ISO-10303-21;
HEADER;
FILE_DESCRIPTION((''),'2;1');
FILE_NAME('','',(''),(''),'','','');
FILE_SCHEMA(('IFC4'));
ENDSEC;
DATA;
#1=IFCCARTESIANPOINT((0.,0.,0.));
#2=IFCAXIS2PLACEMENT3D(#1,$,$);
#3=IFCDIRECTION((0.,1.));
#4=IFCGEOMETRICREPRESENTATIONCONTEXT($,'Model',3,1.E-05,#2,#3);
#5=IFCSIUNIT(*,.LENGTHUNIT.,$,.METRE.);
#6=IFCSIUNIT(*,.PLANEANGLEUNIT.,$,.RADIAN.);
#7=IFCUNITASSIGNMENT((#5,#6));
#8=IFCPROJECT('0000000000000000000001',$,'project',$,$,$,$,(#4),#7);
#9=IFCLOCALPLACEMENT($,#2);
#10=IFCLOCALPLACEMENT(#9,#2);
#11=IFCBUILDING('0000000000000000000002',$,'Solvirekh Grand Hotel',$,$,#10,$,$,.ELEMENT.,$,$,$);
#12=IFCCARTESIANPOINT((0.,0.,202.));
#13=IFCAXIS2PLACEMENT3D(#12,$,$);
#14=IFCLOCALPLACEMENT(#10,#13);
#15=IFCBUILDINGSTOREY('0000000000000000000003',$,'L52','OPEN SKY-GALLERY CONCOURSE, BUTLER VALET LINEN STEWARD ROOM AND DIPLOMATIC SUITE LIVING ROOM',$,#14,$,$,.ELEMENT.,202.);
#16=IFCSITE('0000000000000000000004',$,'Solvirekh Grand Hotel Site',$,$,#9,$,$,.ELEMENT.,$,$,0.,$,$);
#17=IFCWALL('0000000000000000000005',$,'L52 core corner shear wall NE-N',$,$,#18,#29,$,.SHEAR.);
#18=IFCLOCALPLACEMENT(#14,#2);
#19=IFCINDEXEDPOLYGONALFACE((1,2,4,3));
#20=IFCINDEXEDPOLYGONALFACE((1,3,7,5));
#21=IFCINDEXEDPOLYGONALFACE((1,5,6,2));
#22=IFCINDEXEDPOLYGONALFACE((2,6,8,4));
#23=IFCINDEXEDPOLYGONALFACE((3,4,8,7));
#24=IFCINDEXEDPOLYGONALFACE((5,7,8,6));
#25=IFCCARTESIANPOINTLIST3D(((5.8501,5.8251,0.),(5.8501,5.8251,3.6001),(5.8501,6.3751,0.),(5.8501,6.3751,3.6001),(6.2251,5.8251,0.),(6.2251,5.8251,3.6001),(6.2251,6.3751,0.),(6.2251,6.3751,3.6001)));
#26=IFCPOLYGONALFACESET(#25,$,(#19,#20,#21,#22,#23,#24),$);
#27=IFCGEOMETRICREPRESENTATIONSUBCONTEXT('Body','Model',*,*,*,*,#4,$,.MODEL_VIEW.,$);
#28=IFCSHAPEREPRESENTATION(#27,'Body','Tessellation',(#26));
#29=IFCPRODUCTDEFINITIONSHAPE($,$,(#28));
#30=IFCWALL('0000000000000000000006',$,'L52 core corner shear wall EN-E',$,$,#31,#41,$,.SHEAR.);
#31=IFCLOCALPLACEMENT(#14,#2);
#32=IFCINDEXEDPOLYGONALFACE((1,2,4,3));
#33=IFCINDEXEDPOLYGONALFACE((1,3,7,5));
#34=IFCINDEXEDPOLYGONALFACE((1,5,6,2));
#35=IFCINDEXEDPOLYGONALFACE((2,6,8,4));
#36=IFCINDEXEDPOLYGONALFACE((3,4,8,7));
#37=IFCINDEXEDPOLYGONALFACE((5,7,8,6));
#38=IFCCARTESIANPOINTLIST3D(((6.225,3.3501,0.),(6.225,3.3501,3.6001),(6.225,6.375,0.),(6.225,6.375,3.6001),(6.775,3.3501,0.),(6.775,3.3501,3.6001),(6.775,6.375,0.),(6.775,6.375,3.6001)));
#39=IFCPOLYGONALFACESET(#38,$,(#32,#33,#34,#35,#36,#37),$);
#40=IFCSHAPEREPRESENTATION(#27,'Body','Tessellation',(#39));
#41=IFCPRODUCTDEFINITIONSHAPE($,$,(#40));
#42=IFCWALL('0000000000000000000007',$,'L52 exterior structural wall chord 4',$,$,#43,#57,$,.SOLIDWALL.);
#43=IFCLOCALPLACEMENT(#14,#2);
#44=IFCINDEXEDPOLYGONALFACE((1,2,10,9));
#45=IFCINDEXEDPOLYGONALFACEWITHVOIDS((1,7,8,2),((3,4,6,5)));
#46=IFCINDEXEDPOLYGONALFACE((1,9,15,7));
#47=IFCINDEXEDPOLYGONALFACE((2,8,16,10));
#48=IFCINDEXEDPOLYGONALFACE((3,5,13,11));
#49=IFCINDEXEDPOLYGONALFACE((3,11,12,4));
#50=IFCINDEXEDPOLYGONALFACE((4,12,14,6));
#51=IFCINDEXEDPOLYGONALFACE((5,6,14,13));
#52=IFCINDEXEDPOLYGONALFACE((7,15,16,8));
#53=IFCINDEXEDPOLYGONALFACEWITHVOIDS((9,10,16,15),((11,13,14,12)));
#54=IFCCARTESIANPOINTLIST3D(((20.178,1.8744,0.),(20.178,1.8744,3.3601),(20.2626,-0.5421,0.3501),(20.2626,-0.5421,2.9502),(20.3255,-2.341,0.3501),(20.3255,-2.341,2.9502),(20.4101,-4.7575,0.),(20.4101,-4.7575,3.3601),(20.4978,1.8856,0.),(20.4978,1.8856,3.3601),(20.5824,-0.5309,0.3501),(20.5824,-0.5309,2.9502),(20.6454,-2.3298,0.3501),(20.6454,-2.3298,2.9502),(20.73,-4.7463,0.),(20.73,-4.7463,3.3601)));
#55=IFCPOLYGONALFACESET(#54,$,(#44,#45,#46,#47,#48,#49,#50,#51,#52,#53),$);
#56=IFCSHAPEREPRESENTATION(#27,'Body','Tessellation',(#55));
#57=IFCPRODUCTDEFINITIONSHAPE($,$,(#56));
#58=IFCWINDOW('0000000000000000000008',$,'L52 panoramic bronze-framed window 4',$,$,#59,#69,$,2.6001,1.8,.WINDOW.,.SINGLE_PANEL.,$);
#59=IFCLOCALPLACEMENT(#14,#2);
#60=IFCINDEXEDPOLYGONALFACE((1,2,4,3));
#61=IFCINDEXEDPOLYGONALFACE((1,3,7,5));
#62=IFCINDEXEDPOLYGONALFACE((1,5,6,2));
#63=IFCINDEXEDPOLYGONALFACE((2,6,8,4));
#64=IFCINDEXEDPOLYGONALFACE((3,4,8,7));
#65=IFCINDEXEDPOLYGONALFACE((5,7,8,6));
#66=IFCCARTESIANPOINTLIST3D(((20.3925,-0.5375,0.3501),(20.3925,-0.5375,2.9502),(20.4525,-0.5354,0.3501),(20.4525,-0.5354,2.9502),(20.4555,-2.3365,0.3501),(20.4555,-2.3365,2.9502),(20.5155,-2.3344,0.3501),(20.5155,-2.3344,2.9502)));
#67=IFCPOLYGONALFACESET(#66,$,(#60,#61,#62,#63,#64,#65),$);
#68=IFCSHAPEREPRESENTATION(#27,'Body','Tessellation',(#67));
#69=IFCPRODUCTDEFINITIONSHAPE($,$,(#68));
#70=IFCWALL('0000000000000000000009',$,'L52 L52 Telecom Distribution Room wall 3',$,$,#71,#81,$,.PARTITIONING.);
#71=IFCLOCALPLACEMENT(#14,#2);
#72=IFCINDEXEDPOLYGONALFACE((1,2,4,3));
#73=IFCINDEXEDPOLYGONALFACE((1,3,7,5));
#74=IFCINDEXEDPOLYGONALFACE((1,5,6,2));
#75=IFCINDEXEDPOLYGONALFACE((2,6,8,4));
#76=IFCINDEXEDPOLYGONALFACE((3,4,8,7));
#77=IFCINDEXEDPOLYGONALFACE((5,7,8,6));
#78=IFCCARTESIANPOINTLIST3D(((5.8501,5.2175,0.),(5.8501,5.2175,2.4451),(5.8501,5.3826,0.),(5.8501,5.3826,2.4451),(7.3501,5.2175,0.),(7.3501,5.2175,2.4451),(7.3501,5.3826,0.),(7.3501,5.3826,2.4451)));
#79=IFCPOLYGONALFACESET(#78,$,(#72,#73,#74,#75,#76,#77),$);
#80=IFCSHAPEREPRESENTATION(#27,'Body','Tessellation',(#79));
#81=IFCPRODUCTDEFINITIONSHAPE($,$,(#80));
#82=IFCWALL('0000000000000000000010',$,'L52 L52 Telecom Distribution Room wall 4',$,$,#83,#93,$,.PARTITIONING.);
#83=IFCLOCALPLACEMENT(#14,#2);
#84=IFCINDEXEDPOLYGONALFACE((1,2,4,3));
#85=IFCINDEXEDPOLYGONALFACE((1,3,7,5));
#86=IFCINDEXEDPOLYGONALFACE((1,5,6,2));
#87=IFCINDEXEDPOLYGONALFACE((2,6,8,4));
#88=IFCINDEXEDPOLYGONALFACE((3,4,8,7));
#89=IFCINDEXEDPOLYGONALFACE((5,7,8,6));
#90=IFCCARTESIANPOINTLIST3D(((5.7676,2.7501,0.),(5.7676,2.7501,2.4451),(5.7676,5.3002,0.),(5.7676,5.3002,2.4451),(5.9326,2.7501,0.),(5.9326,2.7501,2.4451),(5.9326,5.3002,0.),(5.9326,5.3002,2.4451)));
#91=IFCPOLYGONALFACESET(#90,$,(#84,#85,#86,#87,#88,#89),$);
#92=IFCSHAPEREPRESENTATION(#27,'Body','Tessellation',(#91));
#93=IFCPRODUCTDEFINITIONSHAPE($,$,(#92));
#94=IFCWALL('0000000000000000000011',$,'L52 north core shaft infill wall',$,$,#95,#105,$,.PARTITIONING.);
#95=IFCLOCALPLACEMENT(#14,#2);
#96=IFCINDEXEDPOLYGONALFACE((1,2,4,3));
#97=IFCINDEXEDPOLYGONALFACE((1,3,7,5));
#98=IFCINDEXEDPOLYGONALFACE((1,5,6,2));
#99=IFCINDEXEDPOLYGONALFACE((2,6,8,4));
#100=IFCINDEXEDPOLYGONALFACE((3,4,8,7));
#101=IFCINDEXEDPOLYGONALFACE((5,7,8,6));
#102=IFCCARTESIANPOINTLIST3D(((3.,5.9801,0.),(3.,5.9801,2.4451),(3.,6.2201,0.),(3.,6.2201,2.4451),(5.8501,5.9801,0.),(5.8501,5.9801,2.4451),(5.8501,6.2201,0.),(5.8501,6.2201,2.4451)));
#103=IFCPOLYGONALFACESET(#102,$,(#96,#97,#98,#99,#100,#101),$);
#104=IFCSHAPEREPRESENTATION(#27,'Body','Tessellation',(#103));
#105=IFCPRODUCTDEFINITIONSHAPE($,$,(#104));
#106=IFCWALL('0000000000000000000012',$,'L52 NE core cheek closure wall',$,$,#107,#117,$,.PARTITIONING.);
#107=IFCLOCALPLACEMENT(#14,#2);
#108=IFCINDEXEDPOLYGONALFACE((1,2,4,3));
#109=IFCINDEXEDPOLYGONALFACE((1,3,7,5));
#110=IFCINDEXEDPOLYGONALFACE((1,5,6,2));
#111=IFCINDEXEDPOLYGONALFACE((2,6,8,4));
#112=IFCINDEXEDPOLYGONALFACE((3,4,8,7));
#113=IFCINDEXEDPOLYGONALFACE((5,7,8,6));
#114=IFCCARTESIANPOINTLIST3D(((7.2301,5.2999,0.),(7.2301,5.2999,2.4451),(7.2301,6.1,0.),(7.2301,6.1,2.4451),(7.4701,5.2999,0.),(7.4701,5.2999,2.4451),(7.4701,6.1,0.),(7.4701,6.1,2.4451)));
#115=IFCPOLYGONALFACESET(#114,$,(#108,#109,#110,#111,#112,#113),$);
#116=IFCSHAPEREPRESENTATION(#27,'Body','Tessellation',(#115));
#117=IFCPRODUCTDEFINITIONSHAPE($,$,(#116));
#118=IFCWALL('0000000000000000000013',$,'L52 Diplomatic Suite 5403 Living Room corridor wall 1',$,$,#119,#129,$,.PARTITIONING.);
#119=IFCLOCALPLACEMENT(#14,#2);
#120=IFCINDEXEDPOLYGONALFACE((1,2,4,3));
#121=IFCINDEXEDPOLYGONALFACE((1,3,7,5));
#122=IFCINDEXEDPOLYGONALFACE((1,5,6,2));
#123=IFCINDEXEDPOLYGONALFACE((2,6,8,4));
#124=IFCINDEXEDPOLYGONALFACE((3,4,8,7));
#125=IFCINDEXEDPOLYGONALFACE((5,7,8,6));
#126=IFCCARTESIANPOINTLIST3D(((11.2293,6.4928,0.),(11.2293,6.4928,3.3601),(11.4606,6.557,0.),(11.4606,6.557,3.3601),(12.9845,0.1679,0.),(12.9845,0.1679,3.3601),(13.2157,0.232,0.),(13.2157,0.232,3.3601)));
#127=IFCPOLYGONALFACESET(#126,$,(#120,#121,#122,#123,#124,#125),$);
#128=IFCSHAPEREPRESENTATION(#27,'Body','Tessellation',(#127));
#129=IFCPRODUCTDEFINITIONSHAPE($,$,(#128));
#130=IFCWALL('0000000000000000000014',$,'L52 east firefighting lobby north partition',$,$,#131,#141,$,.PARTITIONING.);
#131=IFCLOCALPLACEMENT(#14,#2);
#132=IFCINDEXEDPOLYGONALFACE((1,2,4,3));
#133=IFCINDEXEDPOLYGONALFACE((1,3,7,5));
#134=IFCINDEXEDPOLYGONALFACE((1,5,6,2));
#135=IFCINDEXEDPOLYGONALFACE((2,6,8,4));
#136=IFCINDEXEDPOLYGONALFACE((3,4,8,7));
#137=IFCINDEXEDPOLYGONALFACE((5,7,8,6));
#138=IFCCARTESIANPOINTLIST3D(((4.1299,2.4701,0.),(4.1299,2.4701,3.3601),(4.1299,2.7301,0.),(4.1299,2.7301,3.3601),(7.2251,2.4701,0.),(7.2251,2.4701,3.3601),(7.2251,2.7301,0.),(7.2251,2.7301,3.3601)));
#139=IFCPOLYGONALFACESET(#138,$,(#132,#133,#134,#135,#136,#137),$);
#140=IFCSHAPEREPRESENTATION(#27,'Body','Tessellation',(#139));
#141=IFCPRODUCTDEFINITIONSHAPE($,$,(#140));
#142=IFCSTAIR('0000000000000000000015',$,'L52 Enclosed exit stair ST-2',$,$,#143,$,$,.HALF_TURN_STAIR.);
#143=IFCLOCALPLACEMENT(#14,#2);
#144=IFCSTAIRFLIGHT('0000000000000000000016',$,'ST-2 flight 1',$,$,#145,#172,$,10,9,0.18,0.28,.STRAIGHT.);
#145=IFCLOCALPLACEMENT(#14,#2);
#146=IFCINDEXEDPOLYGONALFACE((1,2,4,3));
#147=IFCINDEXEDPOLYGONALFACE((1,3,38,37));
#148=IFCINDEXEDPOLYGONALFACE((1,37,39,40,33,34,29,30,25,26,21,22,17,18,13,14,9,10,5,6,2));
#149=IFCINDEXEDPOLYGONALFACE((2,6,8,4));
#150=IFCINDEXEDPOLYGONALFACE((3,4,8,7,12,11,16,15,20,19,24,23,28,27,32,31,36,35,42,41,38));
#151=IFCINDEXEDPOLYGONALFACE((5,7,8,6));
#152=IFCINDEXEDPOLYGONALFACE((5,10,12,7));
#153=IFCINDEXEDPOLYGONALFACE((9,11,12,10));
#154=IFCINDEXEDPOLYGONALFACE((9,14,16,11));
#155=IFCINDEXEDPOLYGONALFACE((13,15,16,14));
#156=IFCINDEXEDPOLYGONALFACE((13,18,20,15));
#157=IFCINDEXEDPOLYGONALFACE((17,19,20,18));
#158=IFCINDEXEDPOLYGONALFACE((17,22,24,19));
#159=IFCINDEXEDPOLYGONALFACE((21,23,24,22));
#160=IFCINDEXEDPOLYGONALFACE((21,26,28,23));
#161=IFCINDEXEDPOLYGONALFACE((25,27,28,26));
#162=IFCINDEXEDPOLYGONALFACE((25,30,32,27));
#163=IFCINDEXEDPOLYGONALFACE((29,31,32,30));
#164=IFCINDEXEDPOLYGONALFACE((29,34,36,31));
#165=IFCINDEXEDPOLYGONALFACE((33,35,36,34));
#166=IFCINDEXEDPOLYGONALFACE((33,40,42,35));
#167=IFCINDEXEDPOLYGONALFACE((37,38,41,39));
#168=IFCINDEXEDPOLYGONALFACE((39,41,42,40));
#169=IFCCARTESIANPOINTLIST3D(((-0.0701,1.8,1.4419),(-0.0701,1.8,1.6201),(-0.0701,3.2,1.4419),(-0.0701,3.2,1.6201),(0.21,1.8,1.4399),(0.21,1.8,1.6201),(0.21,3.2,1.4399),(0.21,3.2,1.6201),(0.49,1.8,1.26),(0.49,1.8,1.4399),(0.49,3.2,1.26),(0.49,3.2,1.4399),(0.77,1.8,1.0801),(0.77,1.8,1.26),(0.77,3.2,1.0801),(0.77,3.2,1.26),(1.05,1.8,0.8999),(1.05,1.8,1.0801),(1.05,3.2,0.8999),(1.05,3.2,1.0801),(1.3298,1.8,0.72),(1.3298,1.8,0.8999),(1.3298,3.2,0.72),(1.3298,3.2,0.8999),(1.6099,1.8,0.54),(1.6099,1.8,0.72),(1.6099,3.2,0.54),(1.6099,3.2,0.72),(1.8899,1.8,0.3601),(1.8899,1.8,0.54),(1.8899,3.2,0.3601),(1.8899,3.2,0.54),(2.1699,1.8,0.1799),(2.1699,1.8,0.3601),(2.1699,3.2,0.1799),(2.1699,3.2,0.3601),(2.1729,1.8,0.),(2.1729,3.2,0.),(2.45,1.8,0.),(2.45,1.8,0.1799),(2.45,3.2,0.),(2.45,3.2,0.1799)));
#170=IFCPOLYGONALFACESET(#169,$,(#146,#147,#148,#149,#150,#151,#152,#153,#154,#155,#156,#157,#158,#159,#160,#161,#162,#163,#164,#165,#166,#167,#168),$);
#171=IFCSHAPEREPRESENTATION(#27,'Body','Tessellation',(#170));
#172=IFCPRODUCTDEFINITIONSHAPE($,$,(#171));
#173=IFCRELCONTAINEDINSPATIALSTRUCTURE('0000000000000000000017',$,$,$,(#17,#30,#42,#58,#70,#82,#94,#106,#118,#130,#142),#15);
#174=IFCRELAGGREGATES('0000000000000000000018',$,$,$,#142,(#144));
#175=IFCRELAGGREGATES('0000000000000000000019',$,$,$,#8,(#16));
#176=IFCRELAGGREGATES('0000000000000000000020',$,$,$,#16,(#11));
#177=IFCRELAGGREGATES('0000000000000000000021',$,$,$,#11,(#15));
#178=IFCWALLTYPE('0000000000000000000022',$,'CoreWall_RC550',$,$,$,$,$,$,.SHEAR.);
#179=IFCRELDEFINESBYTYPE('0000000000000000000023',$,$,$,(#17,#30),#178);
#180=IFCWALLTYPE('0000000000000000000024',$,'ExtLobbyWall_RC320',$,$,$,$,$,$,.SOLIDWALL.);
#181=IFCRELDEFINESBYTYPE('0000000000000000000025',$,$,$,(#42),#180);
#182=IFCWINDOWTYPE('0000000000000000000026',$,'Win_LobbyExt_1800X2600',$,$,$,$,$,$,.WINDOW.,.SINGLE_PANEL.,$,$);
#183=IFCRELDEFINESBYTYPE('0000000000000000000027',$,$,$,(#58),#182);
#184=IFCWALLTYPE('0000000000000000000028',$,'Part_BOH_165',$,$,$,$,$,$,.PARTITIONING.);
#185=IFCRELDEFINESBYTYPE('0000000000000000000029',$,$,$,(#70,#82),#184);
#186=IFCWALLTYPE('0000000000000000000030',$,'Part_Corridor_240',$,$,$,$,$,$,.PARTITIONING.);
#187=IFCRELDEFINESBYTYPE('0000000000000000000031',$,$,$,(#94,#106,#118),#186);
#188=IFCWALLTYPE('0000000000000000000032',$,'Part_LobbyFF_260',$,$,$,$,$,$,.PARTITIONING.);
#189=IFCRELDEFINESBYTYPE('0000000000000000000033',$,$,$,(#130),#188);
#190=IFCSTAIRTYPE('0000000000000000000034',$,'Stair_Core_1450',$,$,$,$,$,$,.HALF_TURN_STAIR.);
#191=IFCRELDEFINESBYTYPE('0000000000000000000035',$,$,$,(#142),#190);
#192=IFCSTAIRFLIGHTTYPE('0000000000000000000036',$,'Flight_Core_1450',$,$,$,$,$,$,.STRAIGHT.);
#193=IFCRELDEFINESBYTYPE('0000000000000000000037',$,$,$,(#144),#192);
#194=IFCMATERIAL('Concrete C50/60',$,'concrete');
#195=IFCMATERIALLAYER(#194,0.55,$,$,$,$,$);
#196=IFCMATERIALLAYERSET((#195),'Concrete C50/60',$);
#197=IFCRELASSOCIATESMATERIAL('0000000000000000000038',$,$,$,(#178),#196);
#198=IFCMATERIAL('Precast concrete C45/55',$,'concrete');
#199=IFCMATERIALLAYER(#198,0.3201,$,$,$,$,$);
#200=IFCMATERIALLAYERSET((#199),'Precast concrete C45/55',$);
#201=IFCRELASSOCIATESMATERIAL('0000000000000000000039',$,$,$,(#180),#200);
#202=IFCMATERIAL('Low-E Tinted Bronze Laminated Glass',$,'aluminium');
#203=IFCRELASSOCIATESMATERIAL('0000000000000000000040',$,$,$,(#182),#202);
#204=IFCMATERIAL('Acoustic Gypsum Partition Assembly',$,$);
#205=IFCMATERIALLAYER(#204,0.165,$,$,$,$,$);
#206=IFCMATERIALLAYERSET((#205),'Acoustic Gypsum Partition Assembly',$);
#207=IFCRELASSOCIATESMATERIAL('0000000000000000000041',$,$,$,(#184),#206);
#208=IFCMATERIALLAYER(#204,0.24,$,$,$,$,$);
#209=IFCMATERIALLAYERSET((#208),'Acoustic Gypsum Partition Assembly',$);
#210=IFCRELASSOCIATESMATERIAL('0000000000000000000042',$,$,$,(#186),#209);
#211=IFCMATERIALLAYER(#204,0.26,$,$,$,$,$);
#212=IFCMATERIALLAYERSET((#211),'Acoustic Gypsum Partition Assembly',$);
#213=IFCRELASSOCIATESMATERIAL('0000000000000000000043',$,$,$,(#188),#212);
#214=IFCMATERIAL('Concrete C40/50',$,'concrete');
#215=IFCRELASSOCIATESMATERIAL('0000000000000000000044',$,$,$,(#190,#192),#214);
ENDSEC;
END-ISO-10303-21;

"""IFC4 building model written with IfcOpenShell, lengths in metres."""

from ifc_helpers import new_model, si_unit, direction, frame, frame_2d, origin, place, context, subcontext, project, spatial, polyline, rectangle, outline, extrude, material, layer, layer_set, type_object, element, fill, aggregate, save


model = new_model("IFC4")

# Units and contexts
model_context = context("Model", 3, precision=1e-05, world=origin(), true_north=direction((0.0, 1.0)))
body_context = subcontext(model_context, "Body", "Model", "MODEL_VIEW")
ifc_project = project(units=[si_unit("LENGTHUNIT", "METRE"), si_unit("PLANEANGLEUNIT", "RADIAN")], contexts=[model_context])

# Site, building, storey
site_placement = place(None, origin())
site = spatial("IfcSite", under=ifc_project, at=site_placement, Name="Solvirekh Grand Hotel Site", CompositionType="ELEMENT", RefElevation=0.0)
building_placement = place(site_placement, origin())
building = spatial("IfcBuilding", under=site, at=building_placement, Name="Solvirekh Grand Hotel", CompositionType="ELEMENT")
storey_placement = place(building_placement, frame((0.0, 0.0, 202.0)))
storey = spatial("IfcBuildingStorey", under=building, at=storey_placement, Name="L52", Description="OPEN SKY-GALLERY CONCOURSE, BUTLER VALET LINEN STEWARD ROOM AND DIPLOMATIC SUITE LIVING ROOM", CompositionType="ELEMENT", Elevation=202.0)

# Shared definitions
ifc_material_1 = material(Name="Concrete C50/60", Category="concrete")

# Shared definitions
ifc_material_2 = material(Name="Low-E Tinted Bronze Laminated Glass", Category="aluminium")

# Shared definitions
ifc_material_3 = material(Name="Concrete C40/50", Category="concrete")

# Walls
ifc_layer_1 = layer(ifc_material_1, 0.55)
ifc_layer_set_1 = layer_set([ifc_layer_1], Name="Concrete C50/60")
wall_type_1 = type_object("IfcWallType", Name="CoreWall_RC550", PredefinedType="SHEAR", material=ifc_layer_set_1)
wall_1_placement = place(storey_placement, frame((5.8501, 6.1001, 0.0), z_axis=(0.0, 0.0, 1.0), x_axis=(1.0, 0.0, 0.0)))
element("IfcWall", 1, at=wall_1_placement, inside=storey, type_object=wall_type_1, Name="L52 core corner shear wall NE-N", PredefinedType="SHEAR", context=body_context, shape_type="SweptSolid", body=[
    extrude(rectangle(XDim=0.375, YDim=0.55, at=frame_2d((0.1875, 0.0))), origin(), (0.0, 0.0, 1.0), 3.6001),
])
wall_2_placement = place(storey_placement, frame((6.5, 3.3501, 0.0), z_axis=(0.0, 0.0, 1.0), x_axis=(0.0, 1.0, 0.0)))
element("IfcWall", 2, at=wall_2_placement, inside=storey, type_object=wall_type_1, Name="L52 core corner shear wall EN-E", PredefinedType="SHEAR", context=body_context, shape_type="SweptSolid", body=[
    extrude(rectangle(XDim=3.0249, YDim=0.55, at=frame_2d((1.5125, 0.0))), origin(), (0.0, 0.0, 1.0), 3.6001),
])

# Wall, opening, window
ifc_material_4 = material(Name="Precast concrete C45/55", Category="concrete")
ifc_layer_2 = layer(ifc_material_4, 0.3201)
ifc_layer_set_2 = layer_set([ifc_layer_2], Name="Precast concrete C45/55")
wall_type_2 = type_object("IfcWallType", Name="ExtLobbyWall_RC320", PredefinedType="SOLIDWALL", material=ifc_layer_set_2)
wall_3_placement = place(storey_placement, frame((20.3379, 1.8799, 0.0), z_axis=(0.0, 0.0, 1.0), x_axis=(0.034988, -0.999388, 0.0)))
wall_3 = element("IfcWall", 3, at=wall_3_placement, inside=storey, type_object=wall_type_2, Name="L52 exterior structural wall chord 4", PredefinedType="SOLIDWALL", context=body_context, shape_type="SweptSolid", body=[
    extrude(rectangle(XDim=6.636, YDim=0.3201, at=frame_2d((3.3179, 0.0))), origin(), (0.0, 0.0, 1.0), 3.3601),
])
opening_1_placement = place(wall_3_placement, frame((2.418, 0.0, 0.3501)))
opening_1 = element("IfcOpeningElement", 4, at=opening_1_placement, cuts=wall_3, PredefinedType="OPENING", context=body_context, shape_type="SweptSolid", body=[
    extrude(rectangle(XDim=1.8, YDim=2.6001, at=frame_2d((0.8999, 1.3))), frame((0.0, 0.1699, 0.0), z_axis=(0.0, -1.0, 0.0), x_axis=(1.0, 0.0, 0.0)), (0.0, 0.0, 1.0), 0.3401),
])
window_type = type_object("IfcWindowType", Name="Win_LobbyExt_1800X2600", PartitioningType="SINGLE_PANEL", PredefinedType="WINDOW", material=ifc_material_2)
window_placement = place(opening_1_placement, origin())
window = element("IfcWindow", 5, at=window_placement, inside=storey, type_object=window_type, Name="L52 panoramic bronze-framed window 4", OverallHeight=2.6001, OverallWidth=1.8, PartitioningType="SINGLE_PANEL", PredefinedType="WINDOW", context=body_context, shape_type="SweptSolid", body=[
    extrude(rectangle(XDim=1.8, YDim=2.6001, at=frame_2d((0.8999, 1.3))), frame((0.0, 0.03, 0.0), z_axis=(0.0, -1.0, 0.0), x_axis=(1.0, 0.0, 0.0)), (0.0, 0.0, 1.0), 0.0601),
])
fill(opening_1, window)

# Shared definitions
ifc_material_5 = material(Name="Acoustic Gypsum Partition Assembly")
ifc_layer_3 = layer(ifc_material_5, 0.165)
ifc_layer_set_3 = layer_set([ifc_layer_3], Name="Acoustic Gypsum Partition Assembly")
wall_type_3 = type_object("IfcWallType", Name="Part_BOH_165", PredefinedType="PARTITIONING", material=ifc_layer_set_3)

# Walls
wall_4_placement = place(storey_placement, frame((7.3501, 5.3, 0.0), z_axis=(0.0, 0.0, 1.0), x_axis=(-1.0, 0.0, 0.0)))
element("IfcWall", 6, at=wall_4_placement, inside=storey, type_object=wall_type_3, Name="L52 L52 Telecom Distribution Room wall 3", PredefinedType="PARTITIONING", context=body_context, shape_type="SweptSolid", body=[
    extrude(rectangle(XDim=1.5, YDim=0.165, at=frame_2d((0.75, 0.0))), origin(), (0.0, 0.0, 1.0), 2.4451),
])
wall_5_placement = place(storey_placement, frame((5.8501, 5.3, 0.0), z_axis=(0.0, 0.0, 1.0), x_axis=(0.0, -1.0, 0.0)))
element("IfcWall", 7, at=wall_5_placement, inside=storey, type_object=wall_type_3, Name="L52 L52 Telecom Distribution Room wall 4", PredefinedType="PARTITIONING", context=body_context, shape_type="SweptSolid", body=[
    extrude(rectangle(XDim=2.55, YDim=0.165, at=frame_2d((1.2749, 0.0))), origin(), (0.0, 0.0, 1.0), 2.4451),
])
ifc_layer_4 = layer(ifc_material_5, 0.24)
ifc_layer_set_4 = layer_set([ifc_layer_4], Name="Acoustic Gypsum Partition Assembly")
wall_type_4 = type_object("IfcWallType", Name="Part_Corridor_240", PredefinedType="PARTITIONING", material=ifc_layer_set_4)
wall_6_placement = place(storey_placement, frame((3.0, 6.1001, 0.0), z_axis=(0.0, 0.0, 1.0), x_axis=(1.0, 0.0, 0.0)))
element("IfcWall", 8, at=wall_6_placement, inside=storey, type_object=wall_type_4, Name="L52 north core shaft infill wall", PredefinedType="PARTITIONING", context=body_context, shape_type="SweptSolid", body=[
    extrude(rectangle(XDim=2.8501, YDim=0.24, at=frame_2d((1.425, 0.0))), origin(), (0.0, 0.0, 1.0), 2.4451),
])
wall_7_placement = place(storey_placement, frame((7.3501, 5.3, 0.0), z_axis=(0.0, 0.0, 1.0), x_axis=(0.0, 1.0, 0.0)))
element("IfcWall", 9, at=wall_7_placement, inside=storey, type_object=wall_type_4, Name="L52 NE core cheek closure wall", PredefinedType="PARTITIONING", context=body_context, shape_type="SweptSolid", body=[
    extrude(rectangle(XDim=0.8, YDim=0.24, at=frame_2d((0.3999, 0.0))), origin(), (0.0, 0.0, 1.0), 2.4451),
])
wall_8_placement = place(storey_placement, frame((13.1001, 0.2, 0.0), z_axis=(0.0, 0.0, 1.0), x_axis=(-0.267389, 0.963589, 0.0)))
element("IfcWall", 10, at=wall_8_placement, inside=storey, type_object=wall_type_4, Name="L52 Diplomatic Suite 5403 Living Room corridor wall 1", PredefinedType="PARTITIONING", context=body_context, shape_type="SweptSolid", body=[
    extrude(rectangle(XDim=6.564, YDim=0.24, at=frame_2d((3.282, 0.0))), origin(), (0.0, 0.0, 1.0), 3.3601),
])
ifc_layer_5 = layer(ifc_material_5, 0.26)
ifc_layer_set_5 = layer_set([ifc_layer_5], Name="Acoustic Gypsum Partition Assembly")
wall_type_5 = type_object("IfcWallType", Name="Part_LobbyFF_260", PredefinedType="PARTITIONING", material=ifc_layer_set_5)
wall_9_placement = place(storey_placement, frame((4.1299, 2.6001, 0.0), z_axis=(0.0, 0.0, 1.0), x_axis=(1.0, 0.0, 0.0)))
element("IfcWall", 11, at=wall_9_placement, inside=storey, type_object=wall_type_5, Name="L52 east firefighting lobby north partition", PredefinedType="PARTITIONING", context=body_context, shape_type="SweptSolid", body=[
    extrude(rectangle(XDim=3.0952, YDim=0.26, at=frame_2d((1.5476, 0.0))), origin(), (0.0, 0.0, 1.0), 3.3601),
])

# Stair, stair flight
stair_type = type_object("IfcStairType", Name="Stair_Core_1450", PredefinedType="HALF_TURN_STAIR", material=ifc_material_3)
stair_placement = place(storey_placement, origin())
stair = element("IfcStair", 12, at=stair_placement, inside=storey, type_object=stair_type, Name="L52 Enclosed exit stair ST-2", PredefinedType="HALF_TURN_STAIR")
stair_flight_type = type_object("IfcStairFlightType", Name="Flight_Core_1450", PredefinedType="STRAIGHT", material=ifc_material_3)
stair_flight_placement = place(storey_placement, frame((2.45, 2.5, 0.0), z_axis=(0.0, 0.0, 1.0), x_axis=(-1.0, 0.0, 0.0)))
stair_flight = element("IfcStairFlight", 13, at=stair_flight_placement, type_object=stair_flight_type, Name="ST-2 flight 1", NumberOfRisers=10, NumberOfTreads=9, PredefinedType="STRAIGHT", RiserHeight=0.18, TreadLength=0.28, context=body_context, shape_type="SweptSolid", body=[
    extrude(outline(polyline([(0.0, 0.0), (0.0, 0.1799), (0.28, 0.1799), (0.28, 0.3601), (0.5601, 0.3601), (0.5601, 0.54), (0.8401, 0.54), (0.8401, 0.72), (1.1201, 0.72), (1.1201, 0.8999), (1.3999, 0.8999), (1.3999, 1.0801), (1.6799, 1.0801), (1.6799, 1.26), (1.96, 1.26), (1.96, 1.4399), (2.24, 1.4399), (2.24, 1.6201), (2.52, 1.6201), (2.52, 1.8), (2.52, 1.4419), (0.2771, 0.0), (0.0, 0.0)])), frame((0.0, 0.7, 0.0), z_axis=(0.0, -1.0, 0.0), x_axis=(1.0, 0.0, 0.0)), (0.0, 0.0, 1.0), 1.3999),
])
aggregate(stair, [stair_flight])

save(model, "model.ifc")
